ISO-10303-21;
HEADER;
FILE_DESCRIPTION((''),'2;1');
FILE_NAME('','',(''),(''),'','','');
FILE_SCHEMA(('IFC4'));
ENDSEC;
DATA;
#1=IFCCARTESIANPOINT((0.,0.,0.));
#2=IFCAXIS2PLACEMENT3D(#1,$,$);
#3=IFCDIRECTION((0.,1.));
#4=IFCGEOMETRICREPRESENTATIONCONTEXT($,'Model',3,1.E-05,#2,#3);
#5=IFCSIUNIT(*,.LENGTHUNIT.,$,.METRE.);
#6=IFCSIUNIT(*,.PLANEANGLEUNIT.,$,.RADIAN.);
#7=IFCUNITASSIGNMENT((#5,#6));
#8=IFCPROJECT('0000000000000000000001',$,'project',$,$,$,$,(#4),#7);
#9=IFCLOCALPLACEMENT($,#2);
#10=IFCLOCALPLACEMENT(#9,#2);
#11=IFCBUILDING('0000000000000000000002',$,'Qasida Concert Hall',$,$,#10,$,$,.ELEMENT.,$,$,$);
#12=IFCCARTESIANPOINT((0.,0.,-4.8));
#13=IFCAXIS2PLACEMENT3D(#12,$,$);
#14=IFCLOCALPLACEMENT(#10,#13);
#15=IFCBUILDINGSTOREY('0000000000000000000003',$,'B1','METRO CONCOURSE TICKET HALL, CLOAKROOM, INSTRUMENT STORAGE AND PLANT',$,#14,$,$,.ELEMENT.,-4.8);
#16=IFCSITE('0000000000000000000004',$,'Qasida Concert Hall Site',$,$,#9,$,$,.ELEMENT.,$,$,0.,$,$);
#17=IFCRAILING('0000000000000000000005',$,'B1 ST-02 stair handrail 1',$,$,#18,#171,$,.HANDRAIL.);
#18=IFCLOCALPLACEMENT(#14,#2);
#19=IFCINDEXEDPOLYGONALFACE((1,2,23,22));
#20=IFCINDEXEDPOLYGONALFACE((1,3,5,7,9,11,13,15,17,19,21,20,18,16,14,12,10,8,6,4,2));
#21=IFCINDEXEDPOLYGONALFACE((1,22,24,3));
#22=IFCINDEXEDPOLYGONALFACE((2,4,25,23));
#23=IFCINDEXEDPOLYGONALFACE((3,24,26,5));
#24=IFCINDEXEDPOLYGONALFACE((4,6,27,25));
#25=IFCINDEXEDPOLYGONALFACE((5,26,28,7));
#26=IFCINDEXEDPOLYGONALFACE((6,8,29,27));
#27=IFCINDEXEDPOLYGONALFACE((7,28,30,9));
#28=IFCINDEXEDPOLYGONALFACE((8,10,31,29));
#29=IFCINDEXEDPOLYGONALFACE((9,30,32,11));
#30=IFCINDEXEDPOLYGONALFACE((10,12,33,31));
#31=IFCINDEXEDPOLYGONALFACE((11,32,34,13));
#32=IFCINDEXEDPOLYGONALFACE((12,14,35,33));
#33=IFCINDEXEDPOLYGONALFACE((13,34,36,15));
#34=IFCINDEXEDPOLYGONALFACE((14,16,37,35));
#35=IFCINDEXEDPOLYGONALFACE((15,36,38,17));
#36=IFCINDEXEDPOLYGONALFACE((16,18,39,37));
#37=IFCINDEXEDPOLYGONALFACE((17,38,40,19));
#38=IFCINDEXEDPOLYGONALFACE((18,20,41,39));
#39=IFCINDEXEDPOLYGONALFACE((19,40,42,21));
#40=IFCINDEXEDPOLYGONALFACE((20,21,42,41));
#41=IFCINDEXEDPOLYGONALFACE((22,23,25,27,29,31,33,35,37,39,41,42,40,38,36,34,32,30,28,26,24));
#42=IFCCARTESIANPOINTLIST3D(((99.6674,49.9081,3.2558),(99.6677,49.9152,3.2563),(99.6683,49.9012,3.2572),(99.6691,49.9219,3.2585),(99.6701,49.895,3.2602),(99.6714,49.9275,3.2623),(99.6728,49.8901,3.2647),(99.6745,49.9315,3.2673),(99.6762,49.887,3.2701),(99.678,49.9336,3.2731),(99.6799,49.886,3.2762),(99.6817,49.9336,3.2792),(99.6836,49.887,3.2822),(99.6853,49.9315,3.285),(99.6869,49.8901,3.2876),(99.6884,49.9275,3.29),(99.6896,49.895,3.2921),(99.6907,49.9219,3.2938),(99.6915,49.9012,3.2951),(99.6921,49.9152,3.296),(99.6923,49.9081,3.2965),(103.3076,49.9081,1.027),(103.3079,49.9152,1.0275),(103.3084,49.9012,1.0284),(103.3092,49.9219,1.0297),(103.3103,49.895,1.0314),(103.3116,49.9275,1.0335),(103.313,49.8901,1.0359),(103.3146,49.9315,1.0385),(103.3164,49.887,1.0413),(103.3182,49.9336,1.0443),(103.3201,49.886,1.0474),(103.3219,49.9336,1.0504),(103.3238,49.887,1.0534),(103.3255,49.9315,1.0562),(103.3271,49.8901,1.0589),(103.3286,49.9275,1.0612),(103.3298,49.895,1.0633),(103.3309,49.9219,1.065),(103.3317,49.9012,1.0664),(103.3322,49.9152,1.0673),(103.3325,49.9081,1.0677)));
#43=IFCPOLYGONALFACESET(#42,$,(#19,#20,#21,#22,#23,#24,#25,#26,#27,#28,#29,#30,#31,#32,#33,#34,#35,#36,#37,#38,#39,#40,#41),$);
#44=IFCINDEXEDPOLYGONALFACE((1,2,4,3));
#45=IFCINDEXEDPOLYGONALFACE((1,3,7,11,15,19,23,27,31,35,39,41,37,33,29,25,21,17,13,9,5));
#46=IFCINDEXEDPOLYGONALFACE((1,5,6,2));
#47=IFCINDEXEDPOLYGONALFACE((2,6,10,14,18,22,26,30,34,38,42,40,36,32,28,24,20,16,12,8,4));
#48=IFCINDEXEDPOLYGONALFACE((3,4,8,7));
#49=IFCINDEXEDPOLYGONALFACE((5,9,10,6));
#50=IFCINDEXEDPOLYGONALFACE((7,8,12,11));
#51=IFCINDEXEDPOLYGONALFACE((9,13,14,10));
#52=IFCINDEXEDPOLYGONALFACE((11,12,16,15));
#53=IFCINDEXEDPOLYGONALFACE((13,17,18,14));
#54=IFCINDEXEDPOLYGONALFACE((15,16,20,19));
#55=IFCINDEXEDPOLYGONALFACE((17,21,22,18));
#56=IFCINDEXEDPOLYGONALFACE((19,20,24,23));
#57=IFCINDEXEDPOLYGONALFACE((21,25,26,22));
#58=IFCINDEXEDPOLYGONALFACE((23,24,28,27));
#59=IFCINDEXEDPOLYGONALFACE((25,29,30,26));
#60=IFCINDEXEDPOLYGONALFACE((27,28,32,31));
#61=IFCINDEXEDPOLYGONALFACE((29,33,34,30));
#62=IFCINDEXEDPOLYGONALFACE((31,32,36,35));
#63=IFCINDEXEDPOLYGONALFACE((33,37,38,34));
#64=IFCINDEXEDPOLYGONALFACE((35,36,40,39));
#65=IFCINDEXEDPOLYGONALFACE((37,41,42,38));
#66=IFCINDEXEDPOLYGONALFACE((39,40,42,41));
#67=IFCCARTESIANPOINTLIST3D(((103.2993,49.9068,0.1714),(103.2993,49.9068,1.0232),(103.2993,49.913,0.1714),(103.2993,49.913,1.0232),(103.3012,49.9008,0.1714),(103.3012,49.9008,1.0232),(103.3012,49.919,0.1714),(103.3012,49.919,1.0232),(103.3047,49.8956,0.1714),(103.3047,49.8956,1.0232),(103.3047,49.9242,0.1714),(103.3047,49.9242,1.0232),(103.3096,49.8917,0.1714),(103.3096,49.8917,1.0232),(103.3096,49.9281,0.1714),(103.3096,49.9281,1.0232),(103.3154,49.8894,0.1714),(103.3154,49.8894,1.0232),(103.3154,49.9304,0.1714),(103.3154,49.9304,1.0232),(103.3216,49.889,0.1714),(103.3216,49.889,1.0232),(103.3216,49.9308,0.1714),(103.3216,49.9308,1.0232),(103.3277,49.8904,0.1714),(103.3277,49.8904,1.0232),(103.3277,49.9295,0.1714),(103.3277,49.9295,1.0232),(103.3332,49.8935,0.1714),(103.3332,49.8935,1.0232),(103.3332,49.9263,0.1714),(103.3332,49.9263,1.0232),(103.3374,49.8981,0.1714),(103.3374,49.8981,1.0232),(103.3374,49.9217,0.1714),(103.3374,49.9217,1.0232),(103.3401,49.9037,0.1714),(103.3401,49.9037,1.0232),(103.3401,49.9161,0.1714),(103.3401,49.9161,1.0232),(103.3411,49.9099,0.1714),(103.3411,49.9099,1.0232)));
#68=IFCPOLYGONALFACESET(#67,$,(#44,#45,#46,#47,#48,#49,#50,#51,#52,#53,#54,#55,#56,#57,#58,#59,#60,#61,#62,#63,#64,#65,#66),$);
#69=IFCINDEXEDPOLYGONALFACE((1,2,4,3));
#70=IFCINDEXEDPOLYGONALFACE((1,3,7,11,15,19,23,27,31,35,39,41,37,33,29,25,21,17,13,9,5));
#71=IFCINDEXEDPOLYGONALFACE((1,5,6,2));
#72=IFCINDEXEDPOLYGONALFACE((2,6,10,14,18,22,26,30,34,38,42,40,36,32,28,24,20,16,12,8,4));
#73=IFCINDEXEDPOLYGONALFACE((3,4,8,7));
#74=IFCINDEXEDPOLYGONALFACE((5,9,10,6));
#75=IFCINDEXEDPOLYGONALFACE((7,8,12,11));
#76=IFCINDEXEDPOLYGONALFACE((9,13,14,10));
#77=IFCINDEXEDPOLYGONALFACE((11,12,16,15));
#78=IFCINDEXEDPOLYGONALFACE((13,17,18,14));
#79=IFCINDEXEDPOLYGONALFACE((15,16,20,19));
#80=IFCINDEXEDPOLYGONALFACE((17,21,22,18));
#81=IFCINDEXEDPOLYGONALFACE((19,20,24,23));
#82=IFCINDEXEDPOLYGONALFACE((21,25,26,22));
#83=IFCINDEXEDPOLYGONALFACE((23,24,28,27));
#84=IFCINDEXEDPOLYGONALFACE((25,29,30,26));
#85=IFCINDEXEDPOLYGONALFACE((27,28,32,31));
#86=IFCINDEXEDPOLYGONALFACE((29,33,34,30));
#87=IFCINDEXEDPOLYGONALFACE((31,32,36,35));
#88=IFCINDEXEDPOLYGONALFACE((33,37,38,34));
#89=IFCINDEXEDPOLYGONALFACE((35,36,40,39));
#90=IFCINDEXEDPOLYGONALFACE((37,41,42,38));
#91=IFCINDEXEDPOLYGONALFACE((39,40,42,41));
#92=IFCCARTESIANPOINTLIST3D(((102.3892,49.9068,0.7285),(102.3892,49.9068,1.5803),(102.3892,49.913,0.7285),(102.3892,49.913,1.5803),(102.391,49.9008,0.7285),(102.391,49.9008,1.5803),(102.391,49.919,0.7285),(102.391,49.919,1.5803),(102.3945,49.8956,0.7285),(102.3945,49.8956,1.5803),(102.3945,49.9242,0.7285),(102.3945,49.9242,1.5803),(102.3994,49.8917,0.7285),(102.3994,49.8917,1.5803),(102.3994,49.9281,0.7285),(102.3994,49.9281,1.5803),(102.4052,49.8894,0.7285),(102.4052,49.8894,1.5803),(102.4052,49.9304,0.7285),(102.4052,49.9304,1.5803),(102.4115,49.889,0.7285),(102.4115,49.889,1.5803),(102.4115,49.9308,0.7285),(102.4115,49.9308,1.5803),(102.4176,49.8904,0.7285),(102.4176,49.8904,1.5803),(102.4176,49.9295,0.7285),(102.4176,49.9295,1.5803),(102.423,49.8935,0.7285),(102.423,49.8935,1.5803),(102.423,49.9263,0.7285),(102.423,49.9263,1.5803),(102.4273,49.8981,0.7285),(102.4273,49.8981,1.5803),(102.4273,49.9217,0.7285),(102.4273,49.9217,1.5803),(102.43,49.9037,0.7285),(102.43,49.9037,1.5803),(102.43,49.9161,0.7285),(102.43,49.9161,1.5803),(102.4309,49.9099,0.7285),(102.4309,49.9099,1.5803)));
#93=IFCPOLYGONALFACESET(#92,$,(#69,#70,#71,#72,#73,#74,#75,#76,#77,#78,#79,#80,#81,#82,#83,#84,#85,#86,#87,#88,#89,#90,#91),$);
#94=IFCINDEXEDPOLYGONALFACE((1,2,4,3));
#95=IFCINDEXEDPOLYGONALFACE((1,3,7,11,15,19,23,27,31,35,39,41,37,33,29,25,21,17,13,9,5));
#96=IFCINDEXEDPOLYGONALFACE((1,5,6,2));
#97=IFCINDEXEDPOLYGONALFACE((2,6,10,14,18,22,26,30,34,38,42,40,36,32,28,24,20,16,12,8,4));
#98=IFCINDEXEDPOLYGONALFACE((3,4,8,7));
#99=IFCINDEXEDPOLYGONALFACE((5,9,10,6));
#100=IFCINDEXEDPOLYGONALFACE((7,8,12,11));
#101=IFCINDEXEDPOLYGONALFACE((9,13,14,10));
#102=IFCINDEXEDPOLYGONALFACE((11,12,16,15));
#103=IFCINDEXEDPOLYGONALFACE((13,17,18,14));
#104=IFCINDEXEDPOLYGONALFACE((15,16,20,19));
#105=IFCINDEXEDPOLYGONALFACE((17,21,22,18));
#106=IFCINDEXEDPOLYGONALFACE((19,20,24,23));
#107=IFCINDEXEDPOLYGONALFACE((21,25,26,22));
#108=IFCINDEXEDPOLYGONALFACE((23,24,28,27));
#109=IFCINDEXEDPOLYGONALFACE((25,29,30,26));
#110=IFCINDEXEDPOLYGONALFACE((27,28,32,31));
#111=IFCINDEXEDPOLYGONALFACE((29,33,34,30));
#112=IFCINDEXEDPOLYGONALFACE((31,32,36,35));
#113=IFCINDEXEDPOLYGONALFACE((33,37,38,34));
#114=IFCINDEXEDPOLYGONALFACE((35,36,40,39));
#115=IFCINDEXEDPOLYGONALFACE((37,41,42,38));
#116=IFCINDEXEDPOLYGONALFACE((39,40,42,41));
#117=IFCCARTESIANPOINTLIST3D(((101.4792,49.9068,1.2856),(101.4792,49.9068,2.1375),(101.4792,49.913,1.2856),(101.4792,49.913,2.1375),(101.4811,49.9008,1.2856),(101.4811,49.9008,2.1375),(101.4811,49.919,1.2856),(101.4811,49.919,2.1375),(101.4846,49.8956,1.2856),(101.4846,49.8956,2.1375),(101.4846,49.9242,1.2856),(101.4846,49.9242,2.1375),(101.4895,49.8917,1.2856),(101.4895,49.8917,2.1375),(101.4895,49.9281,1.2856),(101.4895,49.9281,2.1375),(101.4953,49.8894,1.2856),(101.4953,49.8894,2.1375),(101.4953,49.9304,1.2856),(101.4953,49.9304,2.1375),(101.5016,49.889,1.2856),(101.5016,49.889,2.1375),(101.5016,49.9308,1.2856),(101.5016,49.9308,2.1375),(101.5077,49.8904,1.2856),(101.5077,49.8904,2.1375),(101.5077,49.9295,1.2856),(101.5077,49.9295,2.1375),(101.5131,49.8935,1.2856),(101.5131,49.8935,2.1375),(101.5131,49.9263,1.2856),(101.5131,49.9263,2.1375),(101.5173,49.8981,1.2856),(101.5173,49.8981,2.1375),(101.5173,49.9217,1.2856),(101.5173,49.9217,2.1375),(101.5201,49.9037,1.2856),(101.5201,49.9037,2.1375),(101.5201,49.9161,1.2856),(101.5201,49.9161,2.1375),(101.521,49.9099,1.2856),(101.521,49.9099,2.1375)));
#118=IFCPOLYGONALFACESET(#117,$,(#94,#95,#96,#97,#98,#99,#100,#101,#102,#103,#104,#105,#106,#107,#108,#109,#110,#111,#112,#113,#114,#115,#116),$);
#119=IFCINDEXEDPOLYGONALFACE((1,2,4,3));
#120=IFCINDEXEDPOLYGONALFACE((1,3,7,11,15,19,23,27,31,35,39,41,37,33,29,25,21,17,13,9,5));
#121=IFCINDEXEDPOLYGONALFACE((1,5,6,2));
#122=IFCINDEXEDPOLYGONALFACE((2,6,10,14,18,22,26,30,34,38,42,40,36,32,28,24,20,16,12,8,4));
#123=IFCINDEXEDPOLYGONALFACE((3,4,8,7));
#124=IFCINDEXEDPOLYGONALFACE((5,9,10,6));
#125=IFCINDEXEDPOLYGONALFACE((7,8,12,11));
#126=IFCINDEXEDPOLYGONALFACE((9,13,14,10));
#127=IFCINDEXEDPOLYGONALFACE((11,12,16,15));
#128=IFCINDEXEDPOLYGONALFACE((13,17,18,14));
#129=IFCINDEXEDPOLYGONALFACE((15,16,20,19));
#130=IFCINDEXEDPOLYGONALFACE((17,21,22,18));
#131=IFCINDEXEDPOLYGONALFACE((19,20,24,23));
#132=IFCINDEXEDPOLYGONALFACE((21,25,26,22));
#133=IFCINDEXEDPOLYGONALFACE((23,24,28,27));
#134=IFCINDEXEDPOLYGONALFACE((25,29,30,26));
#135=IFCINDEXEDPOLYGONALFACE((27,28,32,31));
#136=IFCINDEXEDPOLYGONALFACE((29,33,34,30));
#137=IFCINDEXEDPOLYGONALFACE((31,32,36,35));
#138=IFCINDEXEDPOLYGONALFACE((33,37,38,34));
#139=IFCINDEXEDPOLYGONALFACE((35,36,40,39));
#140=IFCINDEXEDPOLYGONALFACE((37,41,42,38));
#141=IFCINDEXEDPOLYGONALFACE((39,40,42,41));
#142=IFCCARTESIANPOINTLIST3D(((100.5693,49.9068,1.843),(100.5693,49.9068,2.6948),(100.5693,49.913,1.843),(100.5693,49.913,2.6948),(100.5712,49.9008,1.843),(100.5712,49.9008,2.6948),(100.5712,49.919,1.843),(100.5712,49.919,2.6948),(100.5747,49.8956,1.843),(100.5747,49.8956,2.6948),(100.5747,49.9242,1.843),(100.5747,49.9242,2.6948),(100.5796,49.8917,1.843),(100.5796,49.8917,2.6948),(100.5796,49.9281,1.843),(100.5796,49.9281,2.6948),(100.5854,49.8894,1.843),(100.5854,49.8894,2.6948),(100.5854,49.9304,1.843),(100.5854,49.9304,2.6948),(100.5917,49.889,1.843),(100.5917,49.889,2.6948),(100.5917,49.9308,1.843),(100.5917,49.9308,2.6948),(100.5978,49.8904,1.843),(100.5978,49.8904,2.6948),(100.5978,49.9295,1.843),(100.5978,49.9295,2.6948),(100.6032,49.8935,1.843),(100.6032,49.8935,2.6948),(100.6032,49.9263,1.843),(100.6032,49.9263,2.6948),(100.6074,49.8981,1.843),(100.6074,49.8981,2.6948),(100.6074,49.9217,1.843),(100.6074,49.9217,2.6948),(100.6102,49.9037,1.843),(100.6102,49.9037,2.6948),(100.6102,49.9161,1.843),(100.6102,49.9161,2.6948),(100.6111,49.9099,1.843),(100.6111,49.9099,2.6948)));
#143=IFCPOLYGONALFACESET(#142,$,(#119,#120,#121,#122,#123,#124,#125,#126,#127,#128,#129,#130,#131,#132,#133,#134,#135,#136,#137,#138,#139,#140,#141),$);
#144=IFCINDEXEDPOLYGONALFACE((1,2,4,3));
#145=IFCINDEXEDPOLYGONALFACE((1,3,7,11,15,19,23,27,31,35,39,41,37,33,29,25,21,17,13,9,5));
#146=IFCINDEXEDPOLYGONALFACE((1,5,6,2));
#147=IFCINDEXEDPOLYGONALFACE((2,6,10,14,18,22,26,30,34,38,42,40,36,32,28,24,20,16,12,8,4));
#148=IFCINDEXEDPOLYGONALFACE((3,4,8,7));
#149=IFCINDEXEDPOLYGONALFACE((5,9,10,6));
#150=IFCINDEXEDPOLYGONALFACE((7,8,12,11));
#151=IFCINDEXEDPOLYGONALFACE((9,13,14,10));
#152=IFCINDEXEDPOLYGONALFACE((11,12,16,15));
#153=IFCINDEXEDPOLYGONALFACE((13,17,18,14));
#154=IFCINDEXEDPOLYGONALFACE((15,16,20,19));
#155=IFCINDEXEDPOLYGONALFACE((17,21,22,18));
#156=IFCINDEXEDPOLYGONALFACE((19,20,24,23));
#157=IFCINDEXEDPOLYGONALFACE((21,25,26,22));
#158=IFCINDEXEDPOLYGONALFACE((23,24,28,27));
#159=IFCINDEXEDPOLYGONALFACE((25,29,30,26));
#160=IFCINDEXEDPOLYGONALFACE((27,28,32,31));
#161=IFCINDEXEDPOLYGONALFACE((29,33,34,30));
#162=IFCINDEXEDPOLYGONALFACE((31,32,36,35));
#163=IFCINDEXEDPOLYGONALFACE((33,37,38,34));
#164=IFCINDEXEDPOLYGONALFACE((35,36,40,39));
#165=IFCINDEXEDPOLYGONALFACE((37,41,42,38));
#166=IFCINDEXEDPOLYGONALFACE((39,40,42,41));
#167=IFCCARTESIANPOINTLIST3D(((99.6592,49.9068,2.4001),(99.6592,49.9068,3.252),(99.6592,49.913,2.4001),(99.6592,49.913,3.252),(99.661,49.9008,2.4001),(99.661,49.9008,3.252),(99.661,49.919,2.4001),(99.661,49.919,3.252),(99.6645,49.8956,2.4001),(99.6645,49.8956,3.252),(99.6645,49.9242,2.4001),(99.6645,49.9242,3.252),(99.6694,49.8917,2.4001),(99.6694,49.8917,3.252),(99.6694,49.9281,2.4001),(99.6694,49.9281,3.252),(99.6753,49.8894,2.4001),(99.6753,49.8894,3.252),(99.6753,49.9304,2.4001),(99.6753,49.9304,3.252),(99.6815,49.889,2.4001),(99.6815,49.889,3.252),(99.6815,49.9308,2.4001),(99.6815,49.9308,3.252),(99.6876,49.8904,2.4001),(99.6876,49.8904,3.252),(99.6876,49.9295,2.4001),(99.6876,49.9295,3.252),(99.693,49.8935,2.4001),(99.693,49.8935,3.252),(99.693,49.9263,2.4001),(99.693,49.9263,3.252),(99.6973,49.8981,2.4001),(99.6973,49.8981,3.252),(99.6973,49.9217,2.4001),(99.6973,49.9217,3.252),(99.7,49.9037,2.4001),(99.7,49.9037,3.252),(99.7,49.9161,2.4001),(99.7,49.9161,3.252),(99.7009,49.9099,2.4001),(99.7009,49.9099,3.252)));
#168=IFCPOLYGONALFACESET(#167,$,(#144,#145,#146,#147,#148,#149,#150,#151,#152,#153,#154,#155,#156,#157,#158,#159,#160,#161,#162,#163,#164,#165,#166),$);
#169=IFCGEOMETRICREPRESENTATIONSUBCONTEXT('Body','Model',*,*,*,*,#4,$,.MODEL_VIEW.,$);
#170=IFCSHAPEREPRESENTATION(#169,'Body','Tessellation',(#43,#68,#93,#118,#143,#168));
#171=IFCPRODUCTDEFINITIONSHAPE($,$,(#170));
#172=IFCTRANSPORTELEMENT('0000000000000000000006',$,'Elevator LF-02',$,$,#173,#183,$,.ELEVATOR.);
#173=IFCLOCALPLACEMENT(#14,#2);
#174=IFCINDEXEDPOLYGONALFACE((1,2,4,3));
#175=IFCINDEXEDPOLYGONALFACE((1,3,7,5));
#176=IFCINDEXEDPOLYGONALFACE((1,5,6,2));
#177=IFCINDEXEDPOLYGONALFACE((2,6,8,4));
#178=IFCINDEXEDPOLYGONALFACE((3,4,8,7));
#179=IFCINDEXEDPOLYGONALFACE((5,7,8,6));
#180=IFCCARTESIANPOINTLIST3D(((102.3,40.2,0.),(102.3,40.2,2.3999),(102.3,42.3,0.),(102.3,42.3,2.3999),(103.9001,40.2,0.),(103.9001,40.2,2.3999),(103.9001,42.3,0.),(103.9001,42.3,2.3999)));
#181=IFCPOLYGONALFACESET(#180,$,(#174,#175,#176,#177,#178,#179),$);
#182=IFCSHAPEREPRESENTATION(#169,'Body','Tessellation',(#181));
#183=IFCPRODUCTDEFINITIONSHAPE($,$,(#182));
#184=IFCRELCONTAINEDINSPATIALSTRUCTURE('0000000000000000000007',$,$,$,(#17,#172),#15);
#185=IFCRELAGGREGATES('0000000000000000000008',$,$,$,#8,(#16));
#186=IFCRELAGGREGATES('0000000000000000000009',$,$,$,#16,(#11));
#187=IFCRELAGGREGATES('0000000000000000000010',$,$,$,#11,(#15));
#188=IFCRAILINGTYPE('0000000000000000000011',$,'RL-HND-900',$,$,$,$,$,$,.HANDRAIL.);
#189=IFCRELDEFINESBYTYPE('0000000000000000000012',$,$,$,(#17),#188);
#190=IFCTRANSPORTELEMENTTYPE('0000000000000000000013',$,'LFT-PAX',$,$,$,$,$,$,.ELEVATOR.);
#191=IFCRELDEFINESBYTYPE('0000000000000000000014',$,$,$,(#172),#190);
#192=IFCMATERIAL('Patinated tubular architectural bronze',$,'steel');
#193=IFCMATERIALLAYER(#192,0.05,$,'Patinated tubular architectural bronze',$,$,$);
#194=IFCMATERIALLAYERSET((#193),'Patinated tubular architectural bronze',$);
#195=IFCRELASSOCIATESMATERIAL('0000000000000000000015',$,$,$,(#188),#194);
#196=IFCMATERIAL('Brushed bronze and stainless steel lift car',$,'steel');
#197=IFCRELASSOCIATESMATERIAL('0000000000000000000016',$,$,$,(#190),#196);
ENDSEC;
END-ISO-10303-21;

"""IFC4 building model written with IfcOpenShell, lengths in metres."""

from ifc_helpers import new_model, si_unit, direction, frame, origin, origin_2d, place, context, subcontext, project, spatial, rectangle, circle, extrude, material, layer, layer_set, type_object, element, save


model = new_model("IFC4")

# Units and contexts
model_context = context("Model", 3, precision=1e-05, world=origin(), true_north=direction((0.0, 1.0)))
body_context = subcontext(model_context, "Body", "Model", "MODEL_VIEW")
ifc_project = project(units=[si_unit("LENGTHUNIT", "METRE"), si_unit("PLANEANGLEUNIT", "RADIAN")], contexts=[model_context])

# Site, building, storey
site_placement = place(None, origin())
site = spatial("IfcSite", under=ifc_project, at=site_placement, Name="Qasida Concert Hall Site", CompositionType="ELEMENT", RefElevation=0.0)
building_placement = place(site_placement, origin())
building = spatial("IfcBuilding", under=site, at=building_placement, Name="Qasida Concert Hall", CompositionType="ELEMENT")
storey_placement = place(building_placement, frame((0.0, 0.0, -4.8)))
storey = spatial("IfcBuildingStorey", under=building, at=storey_placement, Name="B1", Description="METRO CONCOURSE TICKET HALL, CLOAKROOM, INSTRUMENT STORAGE AND PLANT", CompositionType="ELEMENT", Elevation=-4.8)

# Railing
ifc_material_1 = material(Name="Patinated tubular architectural bronze", Category="steel")
ifc_layer_1 = layer(ifc_material_1, 0.05, Name="Patinated tubular architectural bronze")
ifc_layer_set_1 = layer_set([ifc_layer_1], Name="Patinated tubular architectural bronze")
railing_type_1 = type_object("IfcRailingType", Name="RL-HND-900", PredefinedType="HANDRAIL", material=ifc_layer_set_1)
railing_1_placement = place(storey_placement, frame((103.3201, 49.9099, 0.1714)))
element("IfcRailing", 1, at=railing_1_placement, inside=storey, type_object=railing_type_1, Name="B1 ST-02 stair handrail 1", PredefinedType="HANDRAIL", context=body_context, shape_type="SweptSolid", body=[
    extrude(circle(Radius=0.0239, at=origin_2d()), frame((0.0, 0.0, 0.876), z_axis=(-0.85284, 0.0, 0.522172), x_axis=(0.0, -1.0, 0.0)), (0.0, 0.0, 1.0), 4.2683),
    extrude(circle(Radius=0.021, at=origin_2d()), origin(), (0.0, 0.0, 1.0), 0.8518),
    extrude(circle(Radius=0.021, at=origin_2d()), frame((-0.9102, 0.0, 0.5571)), (0.0, 0.0, 1.0), 0.8518),
    extrude(circle(Radius=0.021, at=origin_2d()), frame((-1.8201, 0.0, 1.1143)), (0.0, 0.0, 1.0), 0.8518),
    extrude(circle(Radius=0.021, at=origin_2d()), frame((-2.73, 0.0, 1.6716)), (0.0, 0.0, 1.0), 0.8518),
    extrude(circle(Radius=0.021, at=origin_2d()), frame((-3.6401, 0.0, 2.2288)), (0.0, 0.0, 1.0), 0.8518),
])

# Transport element
ifc_material_2 = material(Name="Brushed bronze and stainless steel lift car", Category="steel")
transport_element_type = type_object("IfcTransportElementType", Name="LFT-PAX", PredefinedType="ELEVATOR", material=ifc_material_2)
transport_element_placement = place(storey_placement, frame((103.1001, 41.25, 0.0), z_axis=(0.0, 0.0, 1.0), x_axis=(1.0, 0.0, 0.0)))
element("IfcTransportElement", 2, at=transport_element_placement, inside=storey, type_object=transport_element_type, Name="Elevator LF-02", PredefinedType="ELEVATOR", context=body_context, shape_type="SweptSolid", body=[
    extrude(rectangle(XDim=1.6001, YDim=2.1001, at=origin_2d()), origin(), (0.0, 0.0, 1.0), 2.3999),
])

save(model, "model.ifc")
